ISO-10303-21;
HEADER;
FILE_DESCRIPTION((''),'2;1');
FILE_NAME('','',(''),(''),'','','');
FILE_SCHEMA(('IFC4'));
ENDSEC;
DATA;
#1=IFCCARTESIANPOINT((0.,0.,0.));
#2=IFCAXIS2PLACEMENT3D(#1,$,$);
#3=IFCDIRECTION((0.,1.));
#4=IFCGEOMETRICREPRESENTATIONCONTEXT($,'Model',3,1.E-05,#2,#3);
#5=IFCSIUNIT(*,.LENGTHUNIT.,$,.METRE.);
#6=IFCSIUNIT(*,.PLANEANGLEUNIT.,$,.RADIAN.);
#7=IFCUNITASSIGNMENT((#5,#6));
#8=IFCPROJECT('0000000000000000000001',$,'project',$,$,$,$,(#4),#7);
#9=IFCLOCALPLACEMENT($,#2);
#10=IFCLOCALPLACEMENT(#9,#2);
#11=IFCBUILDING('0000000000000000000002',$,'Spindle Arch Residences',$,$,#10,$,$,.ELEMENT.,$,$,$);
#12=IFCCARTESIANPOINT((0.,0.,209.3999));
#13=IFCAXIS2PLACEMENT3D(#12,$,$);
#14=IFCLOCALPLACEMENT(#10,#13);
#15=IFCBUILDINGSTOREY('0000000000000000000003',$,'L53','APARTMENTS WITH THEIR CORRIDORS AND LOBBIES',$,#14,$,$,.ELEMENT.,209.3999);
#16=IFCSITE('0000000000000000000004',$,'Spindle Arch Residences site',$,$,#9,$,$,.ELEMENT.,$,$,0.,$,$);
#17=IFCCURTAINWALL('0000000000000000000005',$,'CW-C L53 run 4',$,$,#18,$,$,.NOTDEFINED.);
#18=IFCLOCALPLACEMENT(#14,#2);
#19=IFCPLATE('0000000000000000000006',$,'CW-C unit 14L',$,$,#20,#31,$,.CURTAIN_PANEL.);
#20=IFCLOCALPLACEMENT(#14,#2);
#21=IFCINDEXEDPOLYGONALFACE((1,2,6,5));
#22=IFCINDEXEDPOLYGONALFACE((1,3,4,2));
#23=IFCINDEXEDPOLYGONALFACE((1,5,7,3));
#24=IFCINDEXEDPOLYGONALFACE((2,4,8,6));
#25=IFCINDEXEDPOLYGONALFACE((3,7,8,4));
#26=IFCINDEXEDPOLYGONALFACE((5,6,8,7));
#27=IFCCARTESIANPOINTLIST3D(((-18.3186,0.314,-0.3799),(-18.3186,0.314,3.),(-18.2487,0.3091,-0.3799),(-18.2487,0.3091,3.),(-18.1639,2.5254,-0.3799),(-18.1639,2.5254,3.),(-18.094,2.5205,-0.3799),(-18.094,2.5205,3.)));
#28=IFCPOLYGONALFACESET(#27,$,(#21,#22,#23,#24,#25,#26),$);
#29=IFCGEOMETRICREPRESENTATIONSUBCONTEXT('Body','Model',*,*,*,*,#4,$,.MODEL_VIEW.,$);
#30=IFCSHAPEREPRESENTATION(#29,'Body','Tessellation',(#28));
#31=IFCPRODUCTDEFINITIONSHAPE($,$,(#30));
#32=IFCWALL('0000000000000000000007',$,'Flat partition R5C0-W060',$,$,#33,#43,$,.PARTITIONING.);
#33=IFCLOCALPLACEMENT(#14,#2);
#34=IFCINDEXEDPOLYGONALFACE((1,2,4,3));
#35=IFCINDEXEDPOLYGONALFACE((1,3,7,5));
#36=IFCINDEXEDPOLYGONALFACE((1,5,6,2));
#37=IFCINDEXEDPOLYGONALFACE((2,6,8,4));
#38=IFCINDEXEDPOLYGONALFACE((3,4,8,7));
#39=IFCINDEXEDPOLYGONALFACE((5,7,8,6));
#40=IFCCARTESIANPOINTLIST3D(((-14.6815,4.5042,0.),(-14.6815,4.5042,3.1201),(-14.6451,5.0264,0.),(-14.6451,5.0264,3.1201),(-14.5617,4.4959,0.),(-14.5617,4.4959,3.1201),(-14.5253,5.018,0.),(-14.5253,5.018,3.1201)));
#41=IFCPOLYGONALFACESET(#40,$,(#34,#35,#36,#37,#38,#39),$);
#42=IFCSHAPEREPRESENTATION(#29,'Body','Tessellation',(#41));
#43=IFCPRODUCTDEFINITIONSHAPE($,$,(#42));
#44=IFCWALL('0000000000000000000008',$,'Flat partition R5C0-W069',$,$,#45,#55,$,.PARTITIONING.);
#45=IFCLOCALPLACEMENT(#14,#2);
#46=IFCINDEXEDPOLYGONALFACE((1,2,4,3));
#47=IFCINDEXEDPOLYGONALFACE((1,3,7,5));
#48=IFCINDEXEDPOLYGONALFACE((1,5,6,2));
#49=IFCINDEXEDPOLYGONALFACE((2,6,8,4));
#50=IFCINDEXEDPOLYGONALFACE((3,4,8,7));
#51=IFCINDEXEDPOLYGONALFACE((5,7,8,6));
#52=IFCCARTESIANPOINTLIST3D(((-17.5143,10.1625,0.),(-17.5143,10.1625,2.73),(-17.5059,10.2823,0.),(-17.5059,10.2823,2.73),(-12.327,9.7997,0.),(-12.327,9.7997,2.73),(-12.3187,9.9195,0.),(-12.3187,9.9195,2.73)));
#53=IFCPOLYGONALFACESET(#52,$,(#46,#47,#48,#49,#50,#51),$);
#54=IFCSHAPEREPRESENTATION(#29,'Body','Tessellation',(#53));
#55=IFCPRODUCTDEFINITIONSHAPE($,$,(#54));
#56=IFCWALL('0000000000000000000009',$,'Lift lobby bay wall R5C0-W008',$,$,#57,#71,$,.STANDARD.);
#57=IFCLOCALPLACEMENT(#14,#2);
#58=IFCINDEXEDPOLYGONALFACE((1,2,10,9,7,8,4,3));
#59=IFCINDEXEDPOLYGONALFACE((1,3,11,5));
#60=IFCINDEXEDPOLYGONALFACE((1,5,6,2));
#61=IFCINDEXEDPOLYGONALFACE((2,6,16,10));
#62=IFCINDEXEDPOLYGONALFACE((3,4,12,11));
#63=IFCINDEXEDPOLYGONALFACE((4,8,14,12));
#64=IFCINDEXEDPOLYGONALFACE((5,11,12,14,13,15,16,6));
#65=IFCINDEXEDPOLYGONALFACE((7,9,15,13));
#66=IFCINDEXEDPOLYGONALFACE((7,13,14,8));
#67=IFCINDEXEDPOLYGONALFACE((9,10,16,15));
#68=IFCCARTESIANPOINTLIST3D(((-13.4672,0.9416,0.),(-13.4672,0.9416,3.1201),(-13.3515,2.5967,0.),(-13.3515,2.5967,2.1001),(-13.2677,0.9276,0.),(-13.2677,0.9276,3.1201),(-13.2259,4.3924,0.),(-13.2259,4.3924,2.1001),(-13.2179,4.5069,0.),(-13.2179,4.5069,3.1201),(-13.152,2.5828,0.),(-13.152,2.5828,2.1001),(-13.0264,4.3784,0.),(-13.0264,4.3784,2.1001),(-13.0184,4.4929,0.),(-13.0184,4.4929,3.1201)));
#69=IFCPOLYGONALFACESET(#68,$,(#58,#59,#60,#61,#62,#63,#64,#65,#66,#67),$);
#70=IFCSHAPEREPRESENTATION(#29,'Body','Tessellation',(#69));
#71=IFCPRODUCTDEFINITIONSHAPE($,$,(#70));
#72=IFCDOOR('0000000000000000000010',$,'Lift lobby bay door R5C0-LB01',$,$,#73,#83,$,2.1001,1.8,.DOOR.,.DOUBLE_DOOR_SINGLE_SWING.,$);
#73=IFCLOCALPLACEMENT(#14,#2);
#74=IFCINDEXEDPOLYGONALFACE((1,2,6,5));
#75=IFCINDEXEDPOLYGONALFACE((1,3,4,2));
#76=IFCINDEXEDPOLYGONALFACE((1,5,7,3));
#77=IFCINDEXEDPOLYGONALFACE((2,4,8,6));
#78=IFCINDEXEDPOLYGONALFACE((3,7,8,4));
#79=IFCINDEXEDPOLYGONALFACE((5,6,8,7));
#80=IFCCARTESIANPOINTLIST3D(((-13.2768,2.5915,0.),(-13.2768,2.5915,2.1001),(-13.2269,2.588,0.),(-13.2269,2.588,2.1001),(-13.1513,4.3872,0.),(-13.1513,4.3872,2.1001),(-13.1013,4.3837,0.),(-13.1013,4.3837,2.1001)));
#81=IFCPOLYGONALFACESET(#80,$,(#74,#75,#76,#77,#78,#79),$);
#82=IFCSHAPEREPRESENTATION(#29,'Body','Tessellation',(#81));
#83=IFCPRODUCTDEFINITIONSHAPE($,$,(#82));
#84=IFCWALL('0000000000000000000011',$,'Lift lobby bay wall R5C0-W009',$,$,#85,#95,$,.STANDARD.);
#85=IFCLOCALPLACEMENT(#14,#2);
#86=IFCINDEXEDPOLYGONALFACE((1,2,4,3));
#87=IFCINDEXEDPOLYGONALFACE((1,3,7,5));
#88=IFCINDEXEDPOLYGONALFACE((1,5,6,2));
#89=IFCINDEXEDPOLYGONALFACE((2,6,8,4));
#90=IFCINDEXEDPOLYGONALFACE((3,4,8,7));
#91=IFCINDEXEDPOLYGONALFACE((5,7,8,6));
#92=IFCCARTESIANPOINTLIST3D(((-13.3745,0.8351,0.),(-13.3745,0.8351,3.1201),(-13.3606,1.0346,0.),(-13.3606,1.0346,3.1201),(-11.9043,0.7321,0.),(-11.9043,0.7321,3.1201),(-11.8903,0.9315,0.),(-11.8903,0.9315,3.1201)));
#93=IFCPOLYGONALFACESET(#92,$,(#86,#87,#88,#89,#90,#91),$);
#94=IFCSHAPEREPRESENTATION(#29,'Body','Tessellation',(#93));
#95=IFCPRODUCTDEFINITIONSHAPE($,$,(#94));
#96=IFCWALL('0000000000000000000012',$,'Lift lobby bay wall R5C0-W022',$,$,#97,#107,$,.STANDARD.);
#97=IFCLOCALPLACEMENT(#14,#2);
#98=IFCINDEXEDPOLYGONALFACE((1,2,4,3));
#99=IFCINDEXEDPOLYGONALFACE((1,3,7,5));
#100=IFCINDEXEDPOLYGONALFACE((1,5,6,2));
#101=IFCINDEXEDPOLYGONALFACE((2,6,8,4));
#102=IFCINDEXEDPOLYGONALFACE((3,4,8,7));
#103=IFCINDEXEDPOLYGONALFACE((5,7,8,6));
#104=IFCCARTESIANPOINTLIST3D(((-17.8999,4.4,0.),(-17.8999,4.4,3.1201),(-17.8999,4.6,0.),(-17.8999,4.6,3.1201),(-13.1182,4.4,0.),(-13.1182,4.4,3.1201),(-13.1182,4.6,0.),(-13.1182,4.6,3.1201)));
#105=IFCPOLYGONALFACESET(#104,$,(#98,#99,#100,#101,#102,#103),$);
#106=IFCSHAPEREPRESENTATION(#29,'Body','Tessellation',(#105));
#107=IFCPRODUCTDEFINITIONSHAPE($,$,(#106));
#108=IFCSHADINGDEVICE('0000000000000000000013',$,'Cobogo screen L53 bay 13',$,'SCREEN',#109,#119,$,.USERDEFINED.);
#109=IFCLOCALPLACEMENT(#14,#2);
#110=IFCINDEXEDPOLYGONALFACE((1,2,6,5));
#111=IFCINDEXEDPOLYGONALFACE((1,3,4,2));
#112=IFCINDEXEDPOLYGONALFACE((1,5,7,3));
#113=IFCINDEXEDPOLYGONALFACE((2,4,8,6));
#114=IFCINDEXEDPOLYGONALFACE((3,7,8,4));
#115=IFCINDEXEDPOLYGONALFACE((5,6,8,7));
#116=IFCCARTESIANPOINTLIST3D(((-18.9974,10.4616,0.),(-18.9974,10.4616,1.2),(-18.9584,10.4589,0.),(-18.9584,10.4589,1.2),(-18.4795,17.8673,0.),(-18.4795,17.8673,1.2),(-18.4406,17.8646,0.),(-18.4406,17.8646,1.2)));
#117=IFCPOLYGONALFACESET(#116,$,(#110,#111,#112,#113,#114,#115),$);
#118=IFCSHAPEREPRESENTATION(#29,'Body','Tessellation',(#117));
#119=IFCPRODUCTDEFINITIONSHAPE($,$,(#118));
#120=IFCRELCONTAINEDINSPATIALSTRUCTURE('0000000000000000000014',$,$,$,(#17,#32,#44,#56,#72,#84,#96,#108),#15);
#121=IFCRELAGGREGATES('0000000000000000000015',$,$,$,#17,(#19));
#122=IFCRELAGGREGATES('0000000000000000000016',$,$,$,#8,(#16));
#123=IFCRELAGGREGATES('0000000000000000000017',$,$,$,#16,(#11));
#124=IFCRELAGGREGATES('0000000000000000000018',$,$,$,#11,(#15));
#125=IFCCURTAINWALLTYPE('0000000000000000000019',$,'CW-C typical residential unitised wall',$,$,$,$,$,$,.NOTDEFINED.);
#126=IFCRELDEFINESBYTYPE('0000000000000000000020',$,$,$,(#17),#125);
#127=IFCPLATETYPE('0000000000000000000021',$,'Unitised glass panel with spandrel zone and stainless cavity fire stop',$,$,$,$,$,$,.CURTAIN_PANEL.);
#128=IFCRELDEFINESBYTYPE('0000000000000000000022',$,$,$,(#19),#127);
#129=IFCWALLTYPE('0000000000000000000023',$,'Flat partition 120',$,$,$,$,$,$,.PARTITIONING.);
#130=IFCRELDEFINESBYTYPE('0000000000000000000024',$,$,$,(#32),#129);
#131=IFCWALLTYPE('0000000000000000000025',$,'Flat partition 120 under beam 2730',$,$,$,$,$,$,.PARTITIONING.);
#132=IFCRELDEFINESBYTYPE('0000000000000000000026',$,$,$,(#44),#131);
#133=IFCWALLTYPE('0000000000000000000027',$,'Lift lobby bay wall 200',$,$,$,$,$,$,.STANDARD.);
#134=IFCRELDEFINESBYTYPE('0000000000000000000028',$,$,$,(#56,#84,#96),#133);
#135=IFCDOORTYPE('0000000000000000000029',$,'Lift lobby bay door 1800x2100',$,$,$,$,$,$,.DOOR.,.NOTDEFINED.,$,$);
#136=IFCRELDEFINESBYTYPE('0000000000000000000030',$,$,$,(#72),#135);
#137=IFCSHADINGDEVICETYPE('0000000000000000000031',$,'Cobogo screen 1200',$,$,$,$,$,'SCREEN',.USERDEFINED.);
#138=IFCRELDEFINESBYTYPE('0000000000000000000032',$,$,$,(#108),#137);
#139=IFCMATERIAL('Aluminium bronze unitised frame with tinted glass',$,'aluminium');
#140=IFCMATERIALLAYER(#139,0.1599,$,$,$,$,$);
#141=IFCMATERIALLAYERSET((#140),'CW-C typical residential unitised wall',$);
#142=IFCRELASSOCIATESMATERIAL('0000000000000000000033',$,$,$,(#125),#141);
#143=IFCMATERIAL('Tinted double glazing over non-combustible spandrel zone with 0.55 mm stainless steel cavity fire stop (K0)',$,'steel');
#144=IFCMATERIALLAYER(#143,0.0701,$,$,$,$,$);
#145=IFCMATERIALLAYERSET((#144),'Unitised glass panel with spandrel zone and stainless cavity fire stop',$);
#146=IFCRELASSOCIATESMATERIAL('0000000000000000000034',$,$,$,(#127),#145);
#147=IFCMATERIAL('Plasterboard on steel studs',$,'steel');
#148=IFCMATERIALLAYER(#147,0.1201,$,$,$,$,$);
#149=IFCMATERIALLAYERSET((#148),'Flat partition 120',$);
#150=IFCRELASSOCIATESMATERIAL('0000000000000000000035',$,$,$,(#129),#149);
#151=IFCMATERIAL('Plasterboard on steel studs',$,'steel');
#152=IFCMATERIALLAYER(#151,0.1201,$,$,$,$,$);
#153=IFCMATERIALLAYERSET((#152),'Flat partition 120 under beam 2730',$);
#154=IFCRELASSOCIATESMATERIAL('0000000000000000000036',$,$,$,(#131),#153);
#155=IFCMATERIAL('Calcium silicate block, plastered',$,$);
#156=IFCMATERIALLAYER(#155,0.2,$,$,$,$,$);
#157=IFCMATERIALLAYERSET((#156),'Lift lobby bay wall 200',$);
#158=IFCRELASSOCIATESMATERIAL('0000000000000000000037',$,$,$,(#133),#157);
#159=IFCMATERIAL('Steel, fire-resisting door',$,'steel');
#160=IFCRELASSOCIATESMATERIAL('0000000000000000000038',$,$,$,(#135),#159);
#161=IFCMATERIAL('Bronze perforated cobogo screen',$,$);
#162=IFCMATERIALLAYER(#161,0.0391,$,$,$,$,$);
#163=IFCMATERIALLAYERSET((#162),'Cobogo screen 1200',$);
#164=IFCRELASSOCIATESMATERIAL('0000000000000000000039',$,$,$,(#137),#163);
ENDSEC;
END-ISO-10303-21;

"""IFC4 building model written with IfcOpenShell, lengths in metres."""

from ifc_helpers import new_model, si_unit, direction, frame, frame_2d, origin, origin_2d, place, context, subcontext, project, spatial, rectangle, extrude, material, layer, layer_set, type_object, element, fill, aggregate, save


model = new_model("IFC4")

# Units and contexts
model_context = context("Model", 3, precision=1e-05, world=origin(), true_north=direction((0.0, 1.0)))
body_context = subcontext(model_context, "Body", "Model", "MODEL_VIEW")
ifc_project = project(units=[si_unit("LENGTHUNIT", "METRE"), si_unit("PLANEANGLEUNIT", "RADIAN")], contexts=[model_context])

# Site, building, storey
site_placement = place(None, origin())
site = spatial("IfcSite", under=ifc_project, at=site_placement, Name="Spindle Arch Residences site", CompositionType="ELEMENT", RefElevation=0.0)
building_placement = place(site_placement, origin())
building = spatial("IfcBuilding", under=site, at=building_placement, Name="Spindle Arch Residences", CompositionType="ELEMENT")
storey_placement = place(building_placement, frame((0.0, 0.0, 209.3999)))
storey = spatial("IfcBuildingStorey", under=building, at=storey_placement, Name="L53", Description="APARTMENTS WITH THEIR CORRIDORS AND LOBBIES", CompositionType="ELEMENT", Elevation=209.3999)

# Curtain wall
ifc_material_1 = material(Name="Aluminium bronze unitised frame with tinted glass", Category="aluminium")
ifc_layer_1 = layer(ifc_material_1, 0.1599)
ifc_layer_set_1 = layer_set([ifc_layer_1], Name="CW-C typical residential unitised wall")
curtain_wall_type = type_object("IfcCurtainWallType", Name="CW-C typical residential unitised wall", PredefinedType="NOTDEFINED", material=ifc_layer_set_1)
curtain_wall_placement = place(storey_placement, origin())
curtain_wall = element("IfcCurtainWall", 1, at=curtain_wall_placement, inside=storey, type_object=curtain_wall_type, Name="CW-C L53 run 4", PredefinedType="NOTDEFINED")

# Plate
ifc_material_2 = material(Name="Tinted double glazing over non-combustible spandrel zone with 0.55 mm stainless steel cavity fire stop (K0)", Category="steel")
ifc_layer_2 = layer(ifc_material_2, 0.0701)
ifc_layer_set_2 = layer_set([ifc_layer_2], Name="Unitised glass panel with spandrel zone and stainless cavity fire stop")
plate_type = type_object("IfcPlateType", Name="Unitised glass panel with spandrel zone and stainless cavity fire stop", PredefinedType="CURTAIN_PANEL", material=ifc_layer_set_2)
plate_1_placement = place(storey_placement, frame((-18.2063, 1.4172, -0.3799), z_axis=(0.0, 0.0, 1.0), x_axis=(-0.069756, -0.997564, 0.0)))
plate_1 = element("IfcPlate", 2, at=plate_1_placement, type_object=plate_type, Name="CW-C unit 14L", PredefinedType="CURTAIN_PANEL", context=body_context, shape_type="SweptSolid", body=[
    extrude(rectangle(XDim=2.2168, YDim=0.0701, at=origin_2d()), origin(), (0.0, 0.0, 1.0), 3.3799),
])
aggregate(curtain_wall, [plate_1])

# Walls
ifc_material_3 = material(Name="Plasterboard on steel studs", Category="steel")
ifc_layer_3 = layer(ifc_material_3, 0.1201)
ifc_layer_set_3 = layer_set([ifc_layer_3], Name="Flat partition 120")
wall_type_1 = type_object("IfcWallType", Name="Flat partition 120", PredefinedType="PARTITIONING", material=ifc_layer_set_3)
wall_1_placement = place(storey_placement, frame((-14.5852, 5.0222, 0.0), z_axis=(0.0, 0.0, 1.0), x_axis=(-0.06949, -0.997583, 0.0)))
element("IfcWall", 3, at=wall_1_placement, inside=storey, type_object=wall_type_1, Name="Flat partition R5C0-W060", PredefinedType="PARTITIONING", context=body_context, shape_type="SweptSolid", body=[
    extrude(rectangle(XDim=0.5234, YDim=0.1201, at=frame_2d((0.2617, 0.0))), origin(), (0.0, 0.0, 1.0), 3.1201),
])
ifc_material_4 = material(Name="Plasterboard on steel studs", Category="steel")
ifc_layer_4 = layer(ifc_material_4, 0.1201)
ifc_layer_set_4 = layer_set([ifc_layer_4], Name="Flat partition 120 under beam 2730")
wall_type_2 = type_object("IfcWallType", Name="Flat partition 120 under beam 2730", PredefinedType="PARTITIONING", material=ifc_layer_set_4)
wall_2_placement = place(storey_placement, frame((-17.5103, 10.2224, 0.0), z_axis=(0.0, 0.0, 1.0), x_axis=(0.997563, -0.069769, 0.0)))
element("IfcWall", 4, at=wall_2_placement, inside=storey, type_object=wall_type_2, Name="Flat partition R5C0-W069", PredefinedType="PARTITIONING", context=body_context, shape_type="SweptSolid", body=[
    extrude(rectangle(XDim=5.2, YDim=0.1201, at=frame_2d((2.6001, 0.0))), origin(), (0.0, 0.0, 1.0), 2.73),
])

# Wall, opening, door
ifc_material_5 = material(Name="Calcium silicate block, plastered")
ifc_layer_5 = layer(ifc_material_5, 0.2)
ifc_layer_set_5 = layer_set([ifc_layer_5], Name="Lift lobby bay wall 200")
wall_type_3 = type_object("IfcWallType", Name="Lift lobby bay wall 200", PredefinedType="STANDARD", material=ifc_layer_set_5)
wall_3_placement = place(storey_placement, frame((-13.1182, 4.5, 0.0), z_axis=(0.0, 0.0, 1.0), x_axis=(-0.069747, -0.997565, 0.0)))
wall_3 = element("IfcWall", 5, at=wall_3_placement, inside=storey, type_object=wall_type_3, Name="Lift lobby bay wall R5C0-W008", PredefinedType="STANDARD", context=body_context, shape_type="SweptSolid", body=[
    extrude(rectangle(XDim=3.574, YDim=0.2, at=frame_2d((1.7871, 0.0))), origin(), (0.0, 0.0, 1.0), 3.1201),
])
opening_1_placement = place(wall_3_placement, frame((0.115, 0.0, 0.0)))
opening_1 = element("IfcOpeningElement", 6, at=opening_1_placement, cuts=wall_3, PredefinedType="OPENING", context=body_context, shape_type="SweptSolid", body=[
    extrude(rectangle(XDim=1.8, YDim=2.1001, at=frame_2d((0.8999, 1.05))), frame((0.0, 0.1099, 0.0), z_axis=(0.0, -1.0, 0.0), x_axis=(1.0, 0.0, 0.0)), (0.0, 0.0, 1.0), 0.22),
])
ifc_material_6 = material(Name="Steel, fire-resisting door", Category="steel")
door_type_1 = type_object("IfcDoorType", Name="Lift lobby bay door 1800x2100", OperationType="NOTDEFINED", PredefinedType="DOOR", material=ifc_material_6)
door_1_placement = place(opening_1_placement, origin())
door_1 = element("IfcDoor", 7, at=door_1_placement, inside=storey, type_object=door_type_1, Name="Lift lobby bay door R5C0-LB01", OperationType="DOUBLE_DOOR_SINGLE_SWING", OverallHeight=2.1001, OverallWidth=1.8, PredefinedType="DOOR", context=body_context, shape_type="SweptSolid", body=[
    extrude(rectangle(XDim=1.8, YDim=2.1001, at=frame_2d((0.8999, 1.05))), frame((0.0, 0.0249, 0.0), z_axis=(0.0, -1.0, 0.0), x_axis=(1.0, 0.0, 0.0)), (0.0, 0.0, 1.0), 0.05),
])
fill(opening_1, door_1)

# Walls
wall_4_placement = place(storey_placement, frame((-13.3674, 0.9348, 0.0), z_axis=(0.0, 0.0, 1.0), x_axis=(0.997554, -0.069905, 0.0)))
element("IfcWall", 8, at=wall_4_placement, inside=storey, type_object=wall_type_3, Name="Lift lobby bay wall R5C0-W009", PredefinedType="STANDARD", context=body_context, shape_type="SweptSolid", body=[
    extrude(rectangle(XDim=1.4739, YDim=0.2, at=frame_2d((0.7368, 0.0))), origin(), (0.0, 0.0, 1.0), 3.1201),
])
wall_5_placement = place(storey_placement, frame((-13.1182, 4.5, 0.0), z_axis=(0.0, 0.0, 1.0), x_axis=(-1.0, 0.0, 0.0)))
element("IfcWall", 9, at=wall_5_placement, inside=storey, type_object=wall_type_3, Name="Lift lobby bay wall R5C0-W022", PredefinedType="STANDARD", context=body_context, shape_type="SweptSolid", body=[
    extrude(rectangle(XDim=4.7817, YDim=0.2, at=frame_2d((2.3909, 0.0))), origin(), (0.0, 0.0, 1.0), 3.1201),
])

# Shading device
ifc_material_7 = material(Name="Bronze perforated cobogo screen")
ifc_layer_6 = layer(ifc_material_7, 0.0391)
ifc_layer_set_6 = layer_set([ifc_layer_6], Name="Cobogo screen 1200")
shading_device_type = type_object("IfcShadingDeviceType", Name="Cobogo screen 1200", ElementType="SCREEN", PredefinedType="USERDEFINED", material=ifc_layer_set_6)
shading_device_placement = place(storey_placement, frame((-18.719, 14.1631, 0.0), z_axis=(0.0, 0.0, 1.0), x_axis=(-0.069756, -0.997564, 0.0)))
element("IfcShadingDevice", 10, at=shading_device_placement, inside=storey, type_object=shading_device_type, Name="Cobogo screen L53 bay 13", ObjectType="SCREEN", PredefinedType="USERDEFINED", context=body_context, shape_type="SweptSolid", body=[
    extrude(rectangle(XDim=7.4238, YDim=0.0391, at=origin_2d()), origin(), (0.0, 0.0, 1.0), 1.2),
])

save(model, "model.ifc")
